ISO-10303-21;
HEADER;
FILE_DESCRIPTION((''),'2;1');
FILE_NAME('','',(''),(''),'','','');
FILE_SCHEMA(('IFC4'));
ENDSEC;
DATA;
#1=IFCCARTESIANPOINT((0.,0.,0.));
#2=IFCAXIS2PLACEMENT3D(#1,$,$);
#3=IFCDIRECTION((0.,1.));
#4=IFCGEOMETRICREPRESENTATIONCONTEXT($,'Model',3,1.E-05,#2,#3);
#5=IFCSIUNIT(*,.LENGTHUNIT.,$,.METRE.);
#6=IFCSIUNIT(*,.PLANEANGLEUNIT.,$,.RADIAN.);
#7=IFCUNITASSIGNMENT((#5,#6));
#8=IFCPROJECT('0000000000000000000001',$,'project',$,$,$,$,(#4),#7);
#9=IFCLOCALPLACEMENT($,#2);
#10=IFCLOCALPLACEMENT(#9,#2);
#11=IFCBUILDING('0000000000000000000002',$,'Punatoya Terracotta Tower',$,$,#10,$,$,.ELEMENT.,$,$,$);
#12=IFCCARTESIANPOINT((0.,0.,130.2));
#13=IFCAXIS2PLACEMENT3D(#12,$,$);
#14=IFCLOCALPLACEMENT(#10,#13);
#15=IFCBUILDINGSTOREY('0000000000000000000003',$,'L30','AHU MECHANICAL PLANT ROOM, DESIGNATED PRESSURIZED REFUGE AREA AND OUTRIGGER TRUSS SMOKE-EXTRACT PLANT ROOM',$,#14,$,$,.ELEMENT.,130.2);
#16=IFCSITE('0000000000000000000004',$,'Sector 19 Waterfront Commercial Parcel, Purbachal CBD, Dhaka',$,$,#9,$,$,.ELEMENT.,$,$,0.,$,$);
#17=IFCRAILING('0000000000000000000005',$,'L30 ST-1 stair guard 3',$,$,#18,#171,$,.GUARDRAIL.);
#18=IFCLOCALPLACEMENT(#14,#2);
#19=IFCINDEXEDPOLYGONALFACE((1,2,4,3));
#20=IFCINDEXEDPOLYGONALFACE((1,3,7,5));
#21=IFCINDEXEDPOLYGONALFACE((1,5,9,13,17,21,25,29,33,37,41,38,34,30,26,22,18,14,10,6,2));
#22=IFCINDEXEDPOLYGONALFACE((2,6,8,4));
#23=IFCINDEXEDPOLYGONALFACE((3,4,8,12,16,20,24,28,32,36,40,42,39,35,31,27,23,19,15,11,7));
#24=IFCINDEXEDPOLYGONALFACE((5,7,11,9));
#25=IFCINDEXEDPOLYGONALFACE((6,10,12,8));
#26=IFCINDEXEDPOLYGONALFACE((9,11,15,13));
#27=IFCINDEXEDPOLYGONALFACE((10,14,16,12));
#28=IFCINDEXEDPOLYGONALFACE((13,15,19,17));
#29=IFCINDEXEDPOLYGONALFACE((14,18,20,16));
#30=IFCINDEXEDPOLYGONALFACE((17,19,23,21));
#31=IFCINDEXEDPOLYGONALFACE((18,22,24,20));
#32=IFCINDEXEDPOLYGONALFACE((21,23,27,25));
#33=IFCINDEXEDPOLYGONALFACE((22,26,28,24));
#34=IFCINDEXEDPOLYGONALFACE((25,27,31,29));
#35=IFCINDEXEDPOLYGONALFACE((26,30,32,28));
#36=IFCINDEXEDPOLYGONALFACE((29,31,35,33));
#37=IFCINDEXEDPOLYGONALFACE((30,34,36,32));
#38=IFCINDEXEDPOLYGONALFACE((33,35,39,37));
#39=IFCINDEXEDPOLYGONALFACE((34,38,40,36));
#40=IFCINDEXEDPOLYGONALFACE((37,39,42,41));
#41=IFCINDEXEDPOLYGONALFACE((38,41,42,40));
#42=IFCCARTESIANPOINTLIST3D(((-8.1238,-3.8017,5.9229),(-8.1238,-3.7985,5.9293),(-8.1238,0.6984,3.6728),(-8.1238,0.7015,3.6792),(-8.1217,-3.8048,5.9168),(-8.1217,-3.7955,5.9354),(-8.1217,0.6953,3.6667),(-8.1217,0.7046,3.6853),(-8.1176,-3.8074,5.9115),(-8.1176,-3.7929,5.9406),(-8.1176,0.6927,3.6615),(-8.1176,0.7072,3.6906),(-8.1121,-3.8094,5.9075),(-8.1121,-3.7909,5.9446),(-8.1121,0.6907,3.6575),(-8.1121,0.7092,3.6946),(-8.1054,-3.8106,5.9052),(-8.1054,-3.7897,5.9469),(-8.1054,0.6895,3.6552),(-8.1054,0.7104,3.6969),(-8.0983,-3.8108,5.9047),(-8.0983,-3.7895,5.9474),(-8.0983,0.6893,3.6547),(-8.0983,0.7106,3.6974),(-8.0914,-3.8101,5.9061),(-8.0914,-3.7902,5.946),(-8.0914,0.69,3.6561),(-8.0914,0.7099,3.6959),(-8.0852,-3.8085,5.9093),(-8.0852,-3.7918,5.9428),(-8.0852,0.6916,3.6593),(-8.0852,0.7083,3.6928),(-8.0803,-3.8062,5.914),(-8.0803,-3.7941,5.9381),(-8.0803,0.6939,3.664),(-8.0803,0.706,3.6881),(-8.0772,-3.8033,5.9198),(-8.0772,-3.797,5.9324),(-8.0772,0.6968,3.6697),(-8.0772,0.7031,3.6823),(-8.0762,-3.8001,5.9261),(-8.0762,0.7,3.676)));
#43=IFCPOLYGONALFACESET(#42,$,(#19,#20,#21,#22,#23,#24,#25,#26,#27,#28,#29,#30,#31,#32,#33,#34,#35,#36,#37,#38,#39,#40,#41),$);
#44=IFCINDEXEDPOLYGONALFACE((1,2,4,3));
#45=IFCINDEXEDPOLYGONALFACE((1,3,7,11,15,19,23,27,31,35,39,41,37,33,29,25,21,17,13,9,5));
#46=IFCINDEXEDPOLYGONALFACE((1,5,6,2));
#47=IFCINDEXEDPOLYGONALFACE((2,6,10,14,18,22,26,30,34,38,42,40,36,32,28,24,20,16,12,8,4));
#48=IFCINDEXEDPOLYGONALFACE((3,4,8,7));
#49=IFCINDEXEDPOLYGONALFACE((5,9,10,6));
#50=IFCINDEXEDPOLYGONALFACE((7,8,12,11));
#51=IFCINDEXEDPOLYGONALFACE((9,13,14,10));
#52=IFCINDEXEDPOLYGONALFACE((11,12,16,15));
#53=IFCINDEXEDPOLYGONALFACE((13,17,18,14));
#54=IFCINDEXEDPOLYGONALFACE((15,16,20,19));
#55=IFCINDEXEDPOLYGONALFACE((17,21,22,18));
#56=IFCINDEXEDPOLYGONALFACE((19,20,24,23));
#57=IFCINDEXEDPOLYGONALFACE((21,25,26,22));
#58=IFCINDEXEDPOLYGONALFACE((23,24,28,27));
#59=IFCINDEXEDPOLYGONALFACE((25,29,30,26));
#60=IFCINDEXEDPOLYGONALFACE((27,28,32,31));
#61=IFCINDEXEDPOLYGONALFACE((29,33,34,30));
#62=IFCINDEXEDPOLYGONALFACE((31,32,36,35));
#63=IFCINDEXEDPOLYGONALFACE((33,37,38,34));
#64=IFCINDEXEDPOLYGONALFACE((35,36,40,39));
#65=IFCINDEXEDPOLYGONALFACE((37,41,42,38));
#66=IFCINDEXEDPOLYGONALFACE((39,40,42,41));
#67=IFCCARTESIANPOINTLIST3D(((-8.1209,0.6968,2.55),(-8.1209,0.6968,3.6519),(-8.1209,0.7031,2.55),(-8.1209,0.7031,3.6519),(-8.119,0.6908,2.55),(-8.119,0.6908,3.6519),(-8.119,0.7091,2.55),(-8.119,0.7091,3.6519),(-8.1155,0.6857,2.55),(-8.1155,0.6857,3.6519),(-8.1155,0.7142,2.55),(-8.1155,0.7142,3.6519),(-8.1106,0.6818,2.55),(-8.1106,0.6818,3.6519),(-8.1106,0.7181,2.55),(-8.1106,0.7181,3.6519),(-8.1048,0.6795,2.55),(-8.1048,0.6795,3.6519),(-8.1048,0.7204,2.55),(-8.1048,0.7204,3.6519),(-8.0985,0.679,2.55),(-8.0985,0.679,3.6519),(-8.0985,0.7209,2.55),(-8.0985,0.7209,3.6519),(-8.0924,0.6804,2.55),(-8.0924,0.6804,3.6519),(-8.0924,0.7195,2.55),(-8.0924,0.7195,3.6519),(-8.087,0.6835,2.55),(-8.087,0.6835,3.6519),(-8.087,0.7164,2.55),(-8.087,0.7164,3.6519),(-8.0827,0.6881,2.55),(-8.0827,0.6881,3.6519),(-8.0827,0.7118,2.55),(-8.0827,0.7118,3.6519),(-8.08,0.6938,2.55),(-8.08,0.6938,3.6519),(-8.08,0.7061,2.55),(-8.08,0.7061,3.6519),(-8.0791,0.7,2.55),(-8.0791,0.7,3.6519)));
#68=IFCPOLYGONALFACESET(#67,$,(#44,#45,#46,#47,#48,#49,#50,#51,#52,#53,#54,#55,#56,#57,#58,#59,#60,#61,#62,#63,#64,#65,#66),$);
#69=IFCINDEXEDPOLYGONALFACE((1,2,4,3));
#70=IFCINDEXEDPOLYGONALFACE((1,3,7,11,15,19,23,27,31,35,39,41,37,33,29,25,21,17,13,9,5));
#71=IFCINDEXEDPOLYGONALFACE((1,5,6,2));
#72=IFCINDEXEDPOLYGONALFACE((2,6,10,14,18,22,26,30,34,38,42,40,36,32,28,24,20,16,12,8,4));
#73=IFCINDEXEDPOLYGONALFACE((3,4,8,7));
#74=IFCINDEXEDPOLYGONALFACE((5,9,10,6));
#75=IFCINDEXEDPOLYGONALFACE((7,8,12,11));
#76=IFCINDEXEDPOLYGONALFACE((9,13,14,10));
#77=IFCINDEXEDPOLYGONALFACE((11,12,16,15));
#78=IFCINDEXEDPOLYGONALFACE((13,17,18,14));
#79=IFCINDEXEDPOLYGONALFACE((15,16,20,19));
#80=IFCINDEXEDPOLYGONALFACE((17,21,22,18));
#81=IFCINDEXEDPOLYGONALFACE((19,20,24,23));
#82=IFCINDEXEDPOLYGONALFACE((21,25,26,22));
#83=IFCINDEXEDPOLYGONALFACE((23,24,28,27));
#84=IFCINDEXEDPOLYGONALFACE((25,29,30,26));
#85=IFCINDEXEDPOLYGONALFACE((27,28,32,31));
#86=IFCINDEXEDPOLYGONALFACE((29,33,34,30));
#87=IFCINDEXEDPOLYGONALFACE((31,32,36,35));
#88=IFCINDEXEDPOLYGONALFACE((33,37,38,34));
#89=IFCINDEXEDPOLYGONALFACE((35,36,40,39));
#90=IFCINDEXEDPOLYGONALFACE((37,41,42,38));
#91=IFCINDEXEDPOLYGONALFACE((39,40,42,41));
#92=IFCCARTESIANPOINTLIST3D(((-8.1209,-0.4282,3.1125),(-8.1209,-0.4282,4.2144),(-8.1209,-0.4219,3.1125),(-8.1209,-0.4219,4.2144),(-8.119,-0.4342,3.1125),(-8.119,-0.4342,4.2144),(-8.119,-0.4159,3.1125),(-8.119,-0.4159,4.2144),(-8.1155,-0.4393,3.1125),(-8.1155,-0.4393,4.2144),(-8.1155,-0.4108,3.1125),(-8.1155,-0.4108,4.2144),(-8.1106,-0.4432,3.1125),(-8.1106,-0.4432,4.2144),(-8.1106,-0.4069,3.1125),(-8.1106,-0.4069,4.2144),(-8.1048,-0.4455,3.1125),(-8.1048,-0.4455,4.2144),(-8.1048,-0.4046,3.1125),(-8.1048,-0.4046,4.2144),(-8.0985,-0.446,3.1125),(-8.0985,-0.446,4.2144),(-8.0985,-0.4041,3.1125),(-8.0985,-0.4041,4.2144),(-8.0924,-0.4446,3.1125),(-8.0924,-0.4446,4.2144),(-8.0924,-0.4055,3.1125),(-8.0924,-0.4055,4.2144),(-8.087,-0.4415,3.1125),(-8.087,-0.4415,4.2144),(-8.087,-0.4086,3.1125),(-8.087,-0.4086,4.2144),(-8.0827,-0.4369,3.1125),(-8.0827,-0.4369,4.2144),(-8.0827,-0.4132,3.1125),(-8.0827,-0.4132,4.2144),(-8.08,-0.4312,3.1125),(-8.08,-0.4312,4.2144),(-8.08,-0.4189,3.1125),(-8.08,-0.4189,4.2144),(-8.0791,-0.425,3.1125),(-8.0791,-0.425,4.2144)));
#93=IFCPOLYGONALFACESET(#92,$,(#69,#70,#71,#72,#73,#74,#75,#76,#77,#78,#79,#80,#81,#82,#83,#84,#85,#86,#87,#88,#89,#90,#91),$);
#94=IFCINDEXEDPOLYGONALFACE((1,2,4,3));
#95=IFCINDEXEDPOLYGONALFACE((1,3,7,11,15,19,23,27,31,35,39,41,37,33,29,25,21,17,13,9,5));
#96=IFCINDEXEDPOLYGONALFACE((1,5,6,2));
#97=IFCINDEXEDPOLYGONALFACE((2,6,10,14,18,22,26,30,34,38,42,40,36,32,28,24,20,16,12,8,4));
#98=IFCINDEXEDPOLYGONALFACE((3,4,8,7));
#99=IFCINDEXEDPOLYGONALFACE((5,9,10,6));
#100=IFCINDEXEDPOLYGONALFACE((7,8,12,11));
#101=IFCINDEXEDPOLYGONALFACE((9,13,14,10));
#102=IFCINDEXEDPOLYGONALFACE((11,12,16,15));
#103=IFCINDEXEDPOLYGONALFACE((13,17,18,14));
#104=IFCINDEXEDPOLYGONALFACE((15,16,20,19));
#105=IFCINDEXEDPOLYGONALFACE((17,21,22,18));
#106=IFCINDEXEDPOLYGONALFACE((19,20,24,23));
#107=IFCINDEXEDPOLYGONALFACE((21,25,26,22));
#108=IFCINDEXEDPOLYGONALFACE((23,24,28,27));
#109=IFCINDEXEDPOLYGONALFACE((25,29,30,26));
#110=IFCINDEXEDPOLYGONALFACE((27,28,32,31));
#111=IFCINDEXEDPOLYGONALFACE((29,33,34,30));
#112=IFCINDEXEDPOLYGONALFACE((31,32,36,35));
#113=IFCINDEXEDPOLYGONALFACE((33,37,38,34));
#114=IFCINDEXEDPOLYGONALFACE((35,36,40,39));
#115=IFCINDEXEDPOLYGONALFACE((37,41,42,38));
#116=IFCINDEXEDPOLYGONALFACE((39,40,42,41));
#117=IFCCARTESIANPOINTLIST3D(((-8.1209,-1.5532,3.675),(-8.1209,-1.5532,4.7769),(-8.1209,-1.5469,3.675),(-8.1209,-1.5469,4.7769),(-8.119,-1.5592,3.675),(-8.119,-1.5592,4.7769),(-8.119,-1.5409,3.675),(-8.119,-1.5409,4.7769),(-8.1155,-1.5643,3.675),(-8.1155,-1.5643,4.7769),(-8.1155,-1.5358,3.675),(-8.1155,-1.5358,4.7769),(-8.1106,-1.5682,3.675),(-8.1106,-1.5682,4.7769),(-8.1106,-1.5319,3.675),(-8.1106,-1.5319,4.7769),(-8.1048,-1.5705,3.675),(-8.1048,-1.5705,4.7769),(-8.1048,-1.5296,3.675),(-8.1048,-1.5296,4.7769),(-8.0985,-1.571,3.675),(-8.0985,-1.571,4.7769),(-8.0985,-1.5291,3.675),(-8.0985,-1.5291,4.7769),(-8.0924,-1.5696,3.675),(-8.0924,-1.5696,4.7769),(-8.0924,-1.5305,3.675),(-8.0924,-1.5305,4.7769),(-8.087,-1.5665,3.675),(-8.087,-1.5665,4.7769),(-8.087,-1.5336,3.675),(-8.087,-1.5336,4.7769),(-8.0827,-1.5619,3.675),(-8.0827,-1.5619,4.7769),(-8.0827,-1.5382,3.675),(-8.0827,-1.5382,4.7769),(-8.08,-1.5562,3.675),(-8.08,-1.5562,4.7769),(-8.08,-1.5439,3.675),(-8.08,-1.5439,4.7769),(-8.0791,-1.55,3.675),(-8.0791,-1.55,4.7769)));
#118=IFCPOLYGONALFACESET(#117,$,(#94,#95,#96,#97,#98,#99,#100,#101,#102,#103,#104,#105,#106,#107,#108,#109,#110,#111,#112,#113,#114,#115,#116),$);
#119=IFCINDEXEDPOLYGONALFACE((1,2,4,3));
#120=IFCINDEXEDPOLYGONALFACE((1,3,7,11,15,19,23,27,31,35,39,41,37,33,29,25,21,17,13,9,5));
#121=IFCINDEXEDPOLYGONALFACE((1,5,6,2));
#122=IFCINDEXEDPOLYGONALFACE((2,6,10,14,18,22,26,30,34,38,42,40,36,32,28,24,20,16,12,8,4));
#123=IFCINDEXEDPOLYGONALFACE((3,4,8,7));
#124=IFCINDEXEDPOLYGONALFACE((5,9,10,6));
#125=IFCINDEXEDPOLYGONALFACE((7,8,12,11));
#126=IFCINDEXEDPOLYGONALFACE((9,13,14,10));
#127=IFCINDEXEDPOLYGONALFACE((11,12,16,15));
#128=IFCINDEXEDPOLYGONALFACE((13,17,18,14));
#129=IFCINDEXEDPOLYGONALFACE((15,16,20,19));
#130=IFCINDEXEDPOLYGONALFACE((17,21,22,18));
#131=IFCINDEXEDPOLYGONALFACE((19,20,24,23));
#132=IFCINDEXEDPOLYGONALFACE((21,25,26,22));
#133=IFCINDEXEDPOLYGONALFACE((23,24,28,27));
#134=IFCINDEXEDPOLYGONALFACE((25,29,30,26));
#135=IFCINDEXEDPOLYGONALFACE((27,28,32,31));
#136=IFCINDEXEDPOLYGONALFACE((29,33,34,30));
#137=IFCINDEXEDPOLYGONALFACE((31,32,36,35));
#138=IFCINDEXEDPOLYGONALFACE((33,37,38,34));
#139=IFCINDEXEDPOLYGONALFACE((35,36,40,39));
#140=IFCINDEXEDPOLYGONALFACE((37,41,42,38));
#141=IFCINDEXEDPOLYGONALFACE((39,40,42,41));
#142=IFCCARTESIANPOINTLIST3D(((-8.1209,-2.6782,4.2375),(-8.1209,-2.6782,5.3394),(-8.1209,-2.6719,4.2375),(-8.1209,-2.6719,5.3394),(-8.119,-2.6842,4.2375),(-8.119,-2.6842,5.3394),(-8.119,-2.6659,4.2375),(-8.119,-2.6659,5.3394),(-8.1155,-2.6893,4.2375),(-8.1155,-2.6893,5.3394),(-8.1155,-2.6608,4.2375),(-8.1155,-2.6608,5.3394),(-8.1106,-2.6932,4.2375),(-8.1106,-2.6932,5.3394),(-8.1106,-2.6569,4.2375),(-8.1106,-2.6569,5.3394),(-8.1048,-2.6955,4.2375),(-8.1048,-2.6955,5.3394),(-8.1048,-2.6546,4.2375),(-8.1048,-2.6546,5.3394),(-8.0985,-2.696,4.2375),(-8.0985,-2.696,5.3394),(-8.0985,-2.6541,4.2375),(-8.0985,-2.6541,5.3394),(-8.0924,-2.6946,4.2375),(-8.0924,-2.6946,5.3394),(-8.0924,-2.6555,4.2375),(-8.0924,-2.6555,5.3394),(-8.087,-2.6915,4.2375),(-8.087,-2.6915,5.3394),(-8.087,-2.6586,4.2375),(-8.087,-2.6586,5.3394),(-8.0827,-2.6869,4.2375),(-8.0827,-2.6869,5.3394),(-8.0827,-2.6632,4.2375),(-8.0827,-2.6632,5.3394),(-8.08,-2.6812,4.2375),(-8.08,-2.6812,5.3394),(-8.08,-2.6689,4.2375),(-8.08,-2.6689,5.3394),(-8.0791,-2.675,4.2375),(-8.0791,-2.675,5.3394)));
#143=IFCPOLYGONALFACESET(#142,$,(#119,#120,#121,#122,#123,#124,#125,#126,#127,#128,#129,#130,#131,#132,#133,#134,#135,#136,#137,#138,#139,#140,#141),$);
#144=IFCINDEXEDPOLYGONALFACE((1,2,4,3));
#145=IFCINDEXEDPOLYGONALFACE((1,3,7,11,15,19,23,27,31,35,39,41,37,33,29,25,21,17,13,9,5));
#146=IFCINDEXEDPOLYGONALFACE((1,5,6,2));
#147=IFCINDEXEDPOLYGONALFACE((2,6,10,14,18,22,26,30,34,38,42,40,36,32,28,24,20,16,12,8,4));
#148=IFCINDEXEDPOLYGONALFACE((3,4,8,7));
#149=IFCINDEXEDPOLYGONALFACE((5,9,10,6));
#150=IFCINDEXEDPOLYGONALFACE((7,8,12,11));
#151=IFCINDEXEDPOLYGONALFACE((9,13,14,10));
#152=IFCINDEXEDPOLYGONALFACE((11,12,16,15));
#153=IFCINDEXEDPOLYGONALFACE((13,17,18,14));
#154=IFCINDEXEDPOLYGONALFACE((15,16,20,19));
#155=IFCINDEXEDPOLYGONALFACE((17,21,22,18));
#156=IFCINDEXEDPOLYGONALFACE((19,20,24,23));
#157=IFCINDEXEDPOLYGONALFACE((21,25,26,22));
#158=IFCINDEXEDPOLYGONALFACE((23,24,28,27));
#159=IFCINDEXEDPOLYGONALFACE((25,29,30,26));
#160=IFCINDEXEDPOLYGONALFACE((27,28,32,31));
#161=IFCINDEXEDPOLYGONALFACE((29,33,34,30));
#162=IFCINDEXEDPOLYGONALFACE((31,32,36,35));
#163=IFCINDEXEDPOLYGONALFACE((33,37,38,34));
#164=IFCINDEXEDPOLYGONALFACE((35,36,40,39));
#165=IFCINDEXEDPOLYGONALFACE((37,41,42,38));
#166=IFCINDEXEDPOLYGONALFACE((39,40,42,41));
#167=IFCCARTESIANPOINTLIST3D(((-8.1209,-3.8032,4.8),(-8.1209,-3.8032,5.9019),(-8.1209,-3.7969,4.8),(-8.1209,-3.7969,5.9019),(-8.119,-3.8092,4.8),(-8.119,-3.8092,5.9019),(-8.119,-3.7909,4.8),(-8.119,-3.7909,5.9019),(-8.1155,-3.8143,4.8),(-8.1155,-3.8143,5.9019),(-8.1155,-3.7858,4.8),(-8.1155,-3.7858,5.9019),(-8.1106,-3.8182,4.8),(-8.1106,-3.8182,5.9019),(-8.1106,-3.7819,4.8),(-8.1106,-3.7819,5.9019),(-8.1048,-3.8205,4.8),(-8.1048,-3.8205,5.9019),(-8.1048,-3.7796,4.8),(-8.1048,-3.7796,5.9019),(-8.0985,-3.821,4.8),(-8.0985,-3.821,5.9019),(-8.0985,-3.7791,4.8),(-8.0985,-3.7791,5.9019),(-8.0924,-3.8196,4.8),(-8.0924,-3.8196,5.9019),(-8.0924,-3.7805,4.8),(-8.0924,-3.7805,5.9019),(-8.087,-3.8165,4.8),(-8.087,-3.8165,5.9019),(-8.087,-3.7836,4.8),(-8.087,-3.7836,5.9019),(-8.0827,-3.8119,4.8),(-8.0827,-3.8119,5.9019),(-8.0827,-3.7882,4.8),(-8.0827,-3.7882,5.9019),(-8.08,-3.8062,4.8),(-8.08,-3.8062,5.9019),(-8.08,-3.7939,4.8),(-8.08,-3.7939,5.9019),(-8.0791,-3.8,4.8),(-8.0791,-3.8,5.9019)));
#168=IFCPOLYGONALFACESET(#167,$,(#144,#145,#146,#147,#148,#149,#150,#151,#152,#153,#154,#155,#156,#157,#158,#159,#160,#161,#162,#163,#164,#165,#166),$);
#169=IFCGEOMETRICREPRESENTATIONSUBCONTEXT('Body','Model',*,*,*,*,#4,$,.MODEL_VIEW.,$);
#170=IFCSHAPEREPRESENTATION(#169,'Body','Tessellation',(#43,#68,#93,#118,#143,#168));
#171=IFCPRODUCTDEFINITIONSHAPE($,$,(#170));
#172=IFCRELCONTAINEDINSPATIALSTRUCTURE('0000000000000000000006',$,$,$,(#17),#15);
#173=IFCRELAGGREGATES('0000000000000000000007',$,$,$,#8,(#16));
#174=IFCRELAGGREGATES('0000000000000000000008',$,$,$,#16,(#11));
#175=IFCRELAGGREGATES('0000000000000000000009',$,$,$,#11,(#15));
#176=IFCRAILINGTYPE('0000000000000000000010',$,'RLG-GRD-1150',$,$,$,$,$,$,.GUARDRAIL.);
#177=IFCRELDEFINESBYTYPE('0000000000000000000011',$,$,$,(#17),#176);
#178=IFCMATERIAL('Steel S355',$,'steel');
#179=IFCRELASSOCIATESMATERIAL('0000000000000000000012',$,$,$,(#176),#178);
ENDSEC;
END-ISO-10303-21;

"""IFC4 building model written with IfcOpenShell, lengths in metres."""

from ifc_helpers import new_model, si_unit, direction, frame, origin, origin_2d, place, context, subcontext, project, spatial, circle, extrude, material, type_object, element, save


model = new_model("IFC4")

# Units and contexts
model_context = context("Model", 3, precision=1e-05, world=origin(), true_north=direction((0.0, 1.0)))
body_context = subcontext(model_context, "Body", "Model", "MODEL_VIEW")
ifc_project = project(units=[si_unit("LENGTHUNIT", "METRE"), si_unit("PLANEANGLEUNIT", "RADIAN")], contexts=[model_context])

# Site, building, storey
site_placement = place(None, origin())
site = spatial("IfcSite", under=ifc_project, at=site_placement, Name="Sector 19 Waterfront Commercial Parcel, Purbachal CBD, Dhaka", CompositionType="ELEMENT", RefElevation=0.0)
building_placement = place(site_placement, origin())
building = spatial("IfcBuilding", under=site, at=building_placement, Name="Punatoya Terracotta Tower", CompositionType="ELEMENT")
storey_placement = place(building_placement, frame((0.0, 0.0, 130.2)))
storey = spatial("IfcBuildingStorey", under=building, at=storey_placement, Name="L30", Description="AHU MECHANICAL PLANT ROOM, DESIGNATED PRESSURIZED REFUGE AREA AND OUTRIGGER TRUSS SMOKE-EXTRACT PLANT ROOM", CompositionType="ELEMENT", Elevation=130.2)

# Shared definitions
ifc_material_1 = material(Name="Steel S355", Category="steel")

# Railing
railing_type_1 = type_object("IfcRailingType", Name="RLG-GRD-1150", PredefinedType="GUARDRAIL", material=ifc_material_1)
railing_1_placement = place(storey_placement, frame((-8.1001, 0.7, 2.55)))
element("IfcRailing", 1, at=railing_1_placement, inside=storey, type_object=railing_type_1, Name="L30 ST-1 stair guard 3", PredefinedType="GUARDRAIL", context=body_context, shape_type="SweptSolid", body=[
    extrude(circle(Radius=0.0239, at=origin_2d()), frame((0.0, 0.0, 1.126), z_axis=(0.0, -0.894427, 0.447214), x_axis=(1.0, 0.0, 0.0)), (0.0, 0.0, 1.0), 5.0312),
    extrude(circle(Radius=0.021, at=origin_2d()), origin(), (0.0, 0.0, 1.0), 1.1018),
    extrude(circle(Radius=0.021, at=origin_2d()), frame((0.0, -1.125, 0.5625)), (0.0, 0.0, 1.0), 1.1018),
    extrude(circle(Radius=0.021, at=origin_2d()), frame((0.0, -2.25, 1.125)), (0.0, 0.0, 1.0), 1.1018),
    extrude(circle(Radius=0.021, at=origin_2d()), frame((0.0, -3.375, 1.6875)), (0.0, 0.0, 1.0), 1.1018),
    extrude(circle(Radius=0.021, at=origin_2d()), frame((0.0, -4.5, 2.25)), (0.0, 0.0, 1.0), 1.1018),
])

save(model, "model.ifc")
